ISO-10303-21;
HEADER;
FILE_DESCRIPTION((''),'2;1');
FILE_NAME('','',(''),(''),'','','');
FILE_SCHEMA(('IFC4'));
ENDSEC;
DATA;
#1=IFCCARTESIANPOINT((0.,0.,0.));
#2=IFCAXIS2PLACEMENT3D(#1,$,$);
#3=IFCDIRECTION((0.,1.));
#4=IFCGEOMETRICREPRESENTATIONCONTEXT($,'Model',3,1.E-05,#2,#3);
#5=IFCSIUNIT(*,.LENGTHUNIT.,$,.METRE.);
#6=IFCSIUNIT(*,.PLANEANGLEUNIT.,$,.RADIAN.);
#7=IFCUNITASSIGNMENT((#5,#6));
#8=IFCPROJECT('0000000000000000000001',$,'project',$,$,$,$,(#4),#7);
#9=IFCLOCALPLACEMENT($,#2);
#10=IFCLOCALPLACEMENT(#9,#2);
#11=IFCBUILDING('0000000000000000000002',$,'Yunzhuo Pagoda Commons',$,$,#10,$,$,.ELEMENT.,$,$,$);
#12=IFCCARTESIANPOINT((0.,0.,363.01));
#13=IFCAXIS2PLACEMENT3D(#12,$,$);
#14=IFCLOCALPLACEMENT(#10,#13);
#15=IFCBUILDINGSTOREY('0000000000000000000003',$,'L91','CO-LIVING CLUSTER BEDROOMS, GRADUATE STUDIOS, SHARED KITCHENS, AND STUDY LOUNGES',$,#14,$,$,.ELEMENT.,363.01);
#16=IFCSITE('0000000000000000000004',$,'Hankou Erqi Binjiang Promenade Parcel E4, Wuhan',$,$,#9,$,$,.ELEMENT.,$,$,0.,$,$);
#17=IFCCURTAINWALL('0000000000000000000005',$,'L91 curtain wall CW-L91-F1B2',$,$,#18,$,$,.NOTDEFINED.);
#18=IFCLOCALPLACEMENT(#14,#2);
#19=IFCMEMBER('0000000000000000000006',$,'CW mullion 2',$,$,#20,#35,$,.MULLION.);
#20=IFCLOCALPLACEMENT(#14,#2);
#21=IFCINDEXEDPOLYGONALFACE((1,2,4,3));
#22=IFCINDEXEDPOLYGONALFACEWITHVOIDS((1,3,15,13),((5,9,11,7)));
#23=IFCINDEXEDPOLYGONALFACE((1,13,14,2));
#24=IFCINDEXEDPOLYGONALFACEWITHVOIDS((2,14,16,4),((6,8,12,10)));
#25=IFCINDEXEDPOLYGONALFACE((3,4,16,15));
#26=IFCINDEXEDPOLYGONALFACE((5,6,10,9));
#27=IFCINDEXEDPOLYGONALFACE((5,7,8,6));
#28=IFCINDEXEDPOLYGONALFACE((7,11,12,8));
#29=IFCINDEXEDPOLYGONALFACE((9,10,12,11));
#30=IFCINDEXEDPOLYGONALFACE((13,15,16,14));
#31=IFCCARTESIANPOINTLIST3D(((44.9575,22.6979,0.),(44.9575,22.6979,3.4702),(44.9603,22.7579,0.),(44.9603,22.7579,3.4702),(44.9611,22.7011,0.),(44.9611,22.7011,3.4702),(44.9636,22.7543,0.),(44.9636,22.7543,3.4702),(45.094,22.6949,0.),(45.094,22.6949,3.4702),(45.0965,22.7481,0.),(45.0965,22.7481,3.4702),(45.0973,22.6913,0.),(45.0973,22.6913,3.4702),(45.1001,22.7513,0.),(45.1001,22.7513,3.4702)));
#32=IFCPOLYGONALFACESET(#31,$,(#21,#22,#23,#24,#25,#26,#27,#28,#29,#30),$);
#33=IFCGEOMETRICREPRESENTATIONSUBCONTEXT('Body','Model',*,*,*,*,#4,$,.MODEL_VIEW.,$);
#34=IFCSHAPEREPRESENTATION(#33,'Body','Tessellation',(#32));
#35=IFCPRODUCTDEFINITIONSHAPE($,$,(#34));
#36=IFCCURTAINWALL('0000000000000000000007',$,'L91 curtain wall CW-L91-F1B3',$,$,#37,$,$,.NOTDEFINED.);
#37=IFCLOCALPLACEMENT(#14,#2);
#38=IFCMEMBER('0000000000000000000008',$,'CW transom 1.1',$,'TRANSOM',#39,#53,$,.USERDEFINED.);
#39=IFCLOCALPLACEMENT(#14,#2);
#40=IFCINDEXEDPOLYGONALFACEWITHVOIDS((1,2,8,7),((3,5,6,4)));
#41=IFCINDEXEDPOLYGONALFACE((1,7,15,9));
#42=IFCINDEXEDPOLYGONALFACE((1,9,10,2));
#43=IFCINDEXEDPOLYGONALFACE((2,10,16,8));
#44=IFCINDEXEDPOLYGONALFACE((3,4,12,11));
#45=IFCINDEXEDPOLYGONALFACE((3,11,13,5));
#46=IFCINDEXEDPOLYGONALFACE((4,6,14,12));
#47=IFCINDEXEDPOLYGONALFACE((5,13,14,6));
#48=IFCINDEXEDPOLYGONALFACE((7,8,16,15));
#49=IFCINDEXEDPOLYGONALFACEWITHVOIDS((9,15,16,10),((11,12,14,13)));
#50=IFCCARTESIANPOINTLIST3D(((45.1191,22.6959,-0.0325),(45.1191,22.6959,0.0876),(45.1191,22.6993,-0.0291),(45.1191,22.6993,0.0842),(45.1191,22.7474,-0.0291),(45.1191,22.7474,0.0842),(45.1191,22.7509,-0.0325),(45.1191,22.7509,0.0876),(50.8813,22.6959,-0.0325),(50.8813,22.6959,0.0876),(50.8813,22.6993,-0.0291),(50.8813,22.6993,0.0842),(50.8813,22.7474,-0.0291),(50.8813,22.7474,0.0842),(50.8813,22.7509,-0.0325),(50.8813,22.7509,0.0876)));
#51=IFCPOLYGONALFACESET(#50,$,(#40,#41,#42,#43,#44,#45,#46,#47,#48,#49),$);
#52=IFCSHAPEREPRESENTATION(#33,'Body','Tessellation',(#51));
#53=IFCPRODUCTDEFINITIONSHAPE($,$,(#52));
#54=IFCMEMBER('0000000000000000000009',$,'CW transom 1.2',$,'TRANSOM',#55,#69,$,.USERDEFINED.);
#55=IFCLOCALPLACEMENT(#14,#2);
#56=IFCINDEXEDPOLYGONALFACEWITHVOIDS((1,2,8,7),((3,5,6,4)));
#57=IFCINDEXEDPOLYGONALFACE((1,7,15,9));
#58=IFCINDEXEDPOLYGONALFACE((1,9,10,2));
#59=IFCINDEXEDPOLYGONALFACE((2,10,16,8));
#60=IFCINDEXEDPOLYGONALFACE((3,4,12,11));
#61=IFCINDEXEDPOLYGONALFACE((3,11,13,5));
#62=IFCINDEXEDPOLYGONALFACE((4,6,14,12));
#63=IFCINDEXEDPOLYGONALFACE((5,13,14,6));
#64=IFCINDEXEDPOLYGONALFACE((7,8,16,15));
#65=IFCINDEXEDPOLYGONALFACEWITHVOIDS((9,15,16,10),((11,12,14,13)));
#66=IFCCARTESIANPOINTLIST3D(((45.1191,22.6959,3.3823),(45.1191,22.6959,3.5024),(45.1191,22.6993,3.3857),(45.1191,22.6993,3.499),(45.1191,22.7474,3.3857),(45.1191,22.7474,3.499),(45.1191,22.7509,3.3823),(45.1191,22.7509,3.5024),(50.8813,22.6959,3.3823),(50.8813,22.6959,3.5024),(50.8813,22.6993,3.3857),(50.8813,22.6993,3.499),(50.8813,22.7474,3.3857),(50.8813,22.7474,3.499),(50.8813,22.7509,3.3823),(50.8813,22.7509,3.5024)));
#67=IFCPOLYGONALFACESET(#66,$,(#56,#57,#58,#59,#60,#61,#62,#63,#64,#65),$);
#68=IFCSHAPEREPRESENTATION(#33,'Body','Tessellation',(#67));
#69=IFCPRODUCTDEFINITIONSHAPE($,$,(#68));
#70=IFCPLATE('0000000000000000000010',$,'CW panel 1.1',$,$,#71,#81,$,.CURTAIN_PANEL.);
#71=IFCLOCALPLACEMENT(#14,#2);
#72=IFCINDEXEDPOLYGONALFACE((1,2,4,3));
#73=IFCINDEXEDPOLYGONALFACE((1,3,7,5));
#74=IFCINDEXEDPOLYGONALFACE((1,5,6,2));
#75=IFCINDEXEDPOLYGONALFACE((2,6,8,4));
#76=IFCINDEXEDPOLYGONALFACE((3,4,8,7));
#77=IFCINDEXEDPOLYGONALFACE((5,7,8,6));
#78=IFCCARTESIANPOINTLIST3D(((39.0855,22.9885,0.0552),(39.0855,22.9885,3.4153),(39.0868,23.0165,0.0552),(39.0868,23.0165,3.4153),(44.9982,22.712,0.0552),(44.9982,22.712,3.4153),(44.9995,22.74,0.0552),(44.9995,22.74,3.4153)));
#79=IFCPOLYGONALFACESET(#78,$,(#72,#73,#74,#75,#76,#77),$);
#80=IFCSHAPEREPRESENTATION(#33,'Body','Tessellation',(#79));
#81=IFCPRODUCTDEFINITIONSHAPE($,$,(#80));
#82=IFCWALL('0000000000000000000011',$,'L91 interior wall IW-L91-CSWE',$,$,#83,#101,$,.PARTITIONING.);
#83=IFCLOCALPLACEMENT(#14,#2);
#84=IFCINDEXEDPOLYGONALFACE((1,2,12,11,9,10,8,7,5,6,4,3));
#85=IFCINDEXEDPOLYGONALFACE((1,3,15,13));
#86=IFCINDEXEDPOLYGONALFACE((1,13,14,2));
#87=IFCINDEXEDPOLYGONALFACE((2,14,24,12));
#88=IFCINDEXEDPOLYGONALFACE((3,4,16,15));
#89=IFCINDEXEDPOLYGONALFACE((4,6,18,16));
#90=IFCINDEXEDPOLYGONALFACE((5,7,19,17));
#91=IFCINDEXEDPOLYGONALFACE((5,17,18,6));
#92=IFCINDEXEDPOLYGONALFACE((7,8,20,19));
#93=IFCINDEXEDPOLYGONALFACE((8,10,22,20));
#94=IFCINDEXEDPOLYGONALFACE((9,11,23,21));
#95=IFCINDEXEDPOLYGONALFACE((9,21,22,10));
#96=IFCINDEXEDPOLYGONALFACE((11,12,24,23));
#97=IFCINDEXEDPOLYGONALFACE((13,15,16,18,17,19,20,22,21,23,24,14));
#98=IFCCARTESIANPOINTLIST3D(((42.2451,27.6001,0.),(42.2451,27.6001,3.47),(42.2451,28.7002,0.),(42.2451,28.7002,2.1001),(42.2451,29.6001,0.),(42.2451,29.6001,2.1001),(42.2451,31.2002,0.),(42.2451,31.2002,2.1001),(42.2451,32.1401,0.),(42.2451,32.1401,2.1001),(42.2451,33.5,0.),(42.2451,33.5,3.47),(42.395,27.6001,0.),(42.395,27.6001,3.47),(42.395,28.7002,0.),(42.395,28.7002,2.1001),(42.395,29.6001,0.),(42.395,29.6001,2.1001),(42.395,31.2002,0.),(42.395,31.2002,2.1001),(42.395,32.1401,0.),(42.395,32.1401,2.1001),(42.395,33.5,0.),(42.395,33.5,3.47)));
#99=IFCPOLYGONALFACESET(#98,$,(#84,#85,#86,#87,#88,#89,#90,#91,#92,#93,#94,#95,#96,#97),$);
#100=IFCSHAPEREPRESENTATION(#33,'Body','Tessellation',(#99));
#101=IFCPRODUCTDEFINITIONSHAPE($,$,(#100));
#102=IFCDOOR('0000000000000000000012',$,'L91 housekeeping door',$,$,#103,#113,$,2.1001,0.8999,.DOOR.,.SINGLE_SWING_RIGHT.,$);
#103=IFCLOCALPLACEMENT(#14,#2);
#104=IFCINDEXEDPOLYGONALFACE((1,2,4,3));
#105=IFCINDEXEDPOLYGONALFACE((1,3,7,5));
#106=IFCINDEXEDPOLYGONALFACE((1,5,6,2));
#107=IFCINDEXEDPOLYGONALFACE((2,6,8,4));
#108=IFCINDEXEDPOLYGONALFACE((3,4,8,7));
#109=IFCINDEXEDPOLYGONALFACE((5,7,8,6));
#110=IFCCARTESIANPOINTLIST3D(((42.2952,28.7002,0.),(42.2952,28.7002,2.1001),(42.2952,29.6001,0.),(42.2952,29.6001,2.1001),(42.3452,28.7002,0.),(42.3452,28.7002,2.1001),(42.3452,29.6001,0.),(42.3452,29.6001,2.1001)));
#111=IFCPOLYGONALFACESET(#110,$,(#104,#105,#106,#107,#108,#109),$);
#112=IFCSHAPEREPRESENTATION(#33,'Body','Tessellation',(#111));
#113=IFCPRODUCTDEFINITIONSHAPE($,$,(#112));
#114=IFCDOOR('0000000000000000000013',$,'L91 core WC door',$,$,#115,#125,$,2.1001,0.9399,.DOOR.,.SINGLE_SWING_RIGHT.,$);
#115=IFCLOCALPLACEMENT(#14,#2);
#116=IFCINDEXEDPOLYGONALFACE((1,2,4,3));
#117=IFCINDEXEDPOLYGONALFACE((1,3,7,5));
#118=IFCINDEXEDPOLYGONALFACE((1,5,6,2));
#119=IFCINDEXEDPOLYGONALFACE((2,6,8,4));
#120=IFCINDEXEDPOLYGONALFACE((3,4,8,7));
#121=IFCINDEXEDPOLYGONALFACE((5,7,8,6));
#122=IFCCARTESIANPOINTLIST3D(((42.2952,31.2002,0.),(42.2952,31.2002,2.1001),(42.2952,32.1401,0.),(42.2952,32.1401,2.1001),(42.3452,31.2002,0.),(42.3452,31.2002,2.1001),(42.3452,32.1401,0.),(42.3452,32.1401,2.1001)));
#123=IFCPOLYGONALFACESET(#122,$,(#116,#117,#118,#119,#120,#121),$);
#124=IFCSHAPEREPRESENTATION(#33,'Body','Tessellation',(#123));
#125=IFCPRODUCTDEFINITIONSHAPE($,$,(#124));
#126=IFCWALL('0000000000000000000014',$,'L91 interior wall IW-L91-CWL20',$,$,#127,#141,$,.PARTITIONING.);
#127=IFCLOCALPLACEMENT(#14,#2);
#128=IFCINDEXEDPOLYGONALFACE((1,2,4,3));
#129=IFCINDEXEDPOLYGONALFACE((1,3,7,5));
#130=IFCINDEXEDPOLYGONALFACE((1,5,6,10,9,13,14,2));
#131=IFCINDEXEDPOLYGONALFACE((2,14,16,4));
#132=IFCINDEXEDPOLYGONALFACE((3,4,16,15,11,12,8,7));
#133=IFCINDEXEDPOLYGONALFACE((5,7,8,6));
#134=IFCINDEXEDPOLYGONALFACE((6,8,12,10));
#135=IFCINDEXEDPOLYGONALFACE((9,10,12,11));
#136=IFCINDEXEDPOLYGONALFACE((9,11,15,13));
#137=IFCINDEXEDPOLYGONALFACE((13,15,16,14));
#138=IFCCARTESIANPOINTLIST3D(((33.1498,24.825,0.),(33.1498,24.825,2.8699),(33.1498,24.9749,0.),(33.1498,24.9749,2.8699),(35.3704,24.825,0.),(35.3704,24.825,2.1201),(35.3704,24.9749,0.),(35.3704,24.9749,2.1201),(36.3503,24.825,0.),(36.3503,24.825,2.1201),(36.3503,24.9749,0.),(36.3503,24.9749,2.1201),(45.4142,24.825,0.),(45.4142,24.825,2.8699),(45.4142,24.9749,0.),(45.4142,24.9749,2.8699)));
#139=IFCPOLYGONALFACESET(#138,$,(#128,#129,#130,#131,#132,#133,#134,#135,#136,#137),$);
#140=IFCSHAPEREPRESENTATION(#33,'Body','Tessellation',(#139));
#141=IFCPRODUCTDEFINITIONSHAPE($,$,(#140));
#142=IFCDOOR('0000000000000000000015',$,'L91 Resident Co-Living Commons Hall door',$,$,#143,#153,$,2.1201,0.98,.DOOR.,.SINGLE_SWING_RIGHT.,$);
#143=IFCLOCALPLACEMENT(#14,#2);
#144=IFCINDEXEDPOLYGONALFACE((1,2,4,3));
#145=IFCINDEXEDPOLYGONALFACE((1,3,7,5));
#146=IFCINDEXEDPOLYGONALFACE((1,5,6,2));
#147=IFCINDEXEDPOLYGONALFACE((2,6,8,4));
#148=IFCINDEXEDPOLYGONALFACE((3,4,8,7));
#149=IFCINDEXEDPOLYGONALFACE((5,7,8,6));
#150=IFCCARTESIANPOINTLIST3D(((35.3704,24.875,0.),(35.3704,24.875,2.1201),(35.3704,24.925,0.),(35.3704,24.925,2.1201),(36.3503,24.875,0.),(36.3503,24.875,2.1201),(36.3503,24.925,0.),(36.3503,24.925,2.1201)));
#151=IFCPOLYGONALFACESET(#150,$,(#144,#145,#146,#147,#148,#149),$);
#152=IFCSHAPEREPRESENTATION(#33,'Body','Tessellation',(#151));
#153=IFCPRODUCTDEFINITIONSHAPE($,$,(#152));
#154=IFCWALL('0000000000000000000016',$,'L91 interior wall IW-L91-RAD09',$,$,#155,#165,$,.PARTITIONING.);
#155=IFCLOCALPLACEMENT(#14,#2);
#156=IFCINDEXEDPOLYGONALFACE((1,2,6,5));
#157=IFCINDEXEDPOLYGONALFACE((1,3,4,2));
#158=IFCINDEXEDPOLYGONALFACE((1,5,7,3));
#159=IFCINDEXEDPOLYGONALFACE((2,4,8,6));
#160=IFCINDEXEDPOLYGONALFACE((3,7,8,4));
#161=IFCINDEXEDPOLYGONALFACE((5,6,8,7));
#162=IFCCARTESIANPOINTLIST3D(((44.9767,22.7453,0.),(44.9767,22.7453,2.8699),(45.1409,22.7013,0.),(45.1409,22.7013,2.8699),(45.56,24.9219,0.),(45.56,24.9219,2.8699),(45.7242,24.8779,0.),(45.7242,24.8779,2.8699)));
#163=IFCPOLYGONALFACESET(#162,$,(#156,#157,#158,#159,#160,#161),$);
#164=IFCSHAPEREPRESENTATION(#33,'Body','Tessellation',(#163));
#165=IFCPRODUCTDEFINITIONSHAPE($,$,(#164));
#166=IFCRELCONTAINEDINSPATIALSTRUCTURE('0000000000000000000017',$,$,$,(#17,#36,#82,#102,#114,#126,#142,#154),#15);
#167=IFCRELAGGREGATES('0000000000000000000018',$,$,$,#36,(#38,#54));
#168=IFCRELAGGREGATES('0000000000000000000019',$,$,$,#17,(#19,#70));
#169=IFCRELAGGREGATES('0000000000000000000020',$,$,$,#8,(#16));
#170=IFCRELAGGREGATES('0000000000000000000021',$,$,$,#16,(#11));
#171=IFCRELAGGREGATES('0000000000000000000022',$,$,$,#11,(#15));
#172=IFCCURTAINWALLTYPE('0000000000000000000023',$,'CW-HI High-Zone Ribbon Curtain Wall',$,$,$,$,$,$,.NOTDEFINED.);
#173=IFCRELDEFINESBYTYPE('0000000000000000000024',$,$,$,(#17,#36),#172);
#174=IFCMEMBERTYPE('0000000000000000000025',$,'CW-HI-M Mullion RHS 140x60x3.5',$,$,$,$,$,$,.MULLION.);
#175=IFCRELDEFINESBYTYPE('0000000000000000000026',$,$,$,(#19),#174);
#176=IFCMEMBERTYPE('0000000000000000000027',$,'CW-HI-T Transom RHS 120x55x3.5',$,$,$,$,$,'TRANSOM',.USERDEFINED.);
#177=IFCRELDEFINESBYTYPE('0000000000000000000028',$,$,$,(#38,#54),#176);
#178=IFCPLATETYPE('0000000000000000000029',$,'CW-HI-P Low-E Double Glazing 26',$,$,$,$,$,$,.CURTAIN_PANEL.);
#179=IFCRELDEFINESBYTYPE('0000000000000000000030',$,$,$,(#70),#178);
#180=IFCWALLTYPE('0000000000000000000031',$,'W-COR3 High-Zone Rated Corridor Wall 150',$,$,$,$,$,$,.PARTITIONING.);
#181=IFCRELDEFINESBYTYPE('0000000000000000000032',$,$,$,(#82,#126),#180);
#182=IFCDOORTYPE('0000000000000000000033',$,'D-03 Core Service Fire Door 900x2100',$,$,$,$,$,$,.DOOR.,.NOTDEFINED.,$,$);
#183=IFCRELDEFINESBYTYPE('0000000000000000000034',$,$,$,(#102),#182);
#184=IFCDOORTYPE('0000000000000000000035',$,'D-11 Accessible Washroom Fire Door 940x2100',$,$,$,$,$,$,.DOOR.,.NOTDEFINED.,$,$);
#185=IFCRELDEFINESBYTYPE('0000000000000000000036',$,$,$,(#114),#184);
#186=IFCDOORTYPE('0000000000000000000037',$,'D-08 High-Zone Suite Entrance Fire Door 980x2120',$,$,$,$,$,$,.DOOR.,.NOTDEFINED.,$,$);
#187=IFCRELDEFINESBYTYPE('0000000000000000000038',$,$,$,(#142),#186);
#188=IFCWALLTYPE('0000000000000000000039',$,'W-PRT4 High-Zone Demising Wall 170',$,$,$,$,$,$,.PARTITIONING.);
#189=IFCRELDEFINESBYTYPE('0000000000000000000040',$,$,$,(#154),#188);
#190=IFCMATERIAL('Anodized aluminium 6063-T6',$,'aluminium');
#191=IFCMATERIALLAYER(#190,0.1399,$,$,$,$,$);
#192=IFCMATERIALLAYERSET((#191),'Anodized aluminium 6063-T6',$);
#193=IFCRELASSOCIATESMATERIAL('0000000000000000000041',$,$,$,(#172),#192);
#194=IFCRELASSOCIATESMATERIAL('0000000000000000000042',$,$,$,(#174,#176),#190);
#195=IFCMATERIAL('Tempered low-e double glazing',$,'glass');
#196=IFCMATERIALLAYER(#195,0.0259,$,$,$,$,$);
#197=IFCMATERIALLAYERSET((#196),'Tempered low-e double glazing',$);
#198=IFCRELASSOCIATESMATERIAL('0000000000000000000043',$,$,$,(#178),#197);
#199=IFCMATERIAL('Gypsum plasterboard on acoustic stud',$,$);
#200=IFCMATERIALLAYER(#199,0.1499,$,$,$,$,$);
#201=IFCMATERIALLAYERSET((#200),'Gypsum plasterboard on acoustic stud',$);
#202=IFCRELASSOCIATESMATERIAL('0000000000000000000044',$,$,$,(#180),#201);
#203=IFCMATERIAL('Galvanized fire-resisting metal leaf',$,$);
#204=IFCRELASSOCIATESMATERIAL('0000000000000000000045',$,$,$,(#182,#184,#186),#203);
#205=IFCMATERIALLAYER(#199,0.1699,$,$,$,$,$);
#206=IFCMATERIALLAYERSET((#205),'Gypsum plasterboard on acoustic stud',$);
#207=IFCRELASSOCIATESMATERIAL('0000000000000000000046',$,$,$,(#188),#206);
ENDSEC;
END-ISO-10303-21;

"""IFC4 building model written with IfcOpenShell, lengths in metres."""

from ifc_helpers import new_model, si_unit, direction, frame, frame_2d, origin, origin_with_axes, origin_2d, place, context, subcontext, project, spatial, rectangle, hollow_rectangle, extrude, source, transform, mapped, material, layer, layer_set, material_profile, profile_set, type_object, element, fill, aggregate, save


model = new_model("IFC4")

# Units and contexts
model_context = context("Model", 3, precision=1e-05, world=origin(), true_north=direction((0.0, 1.0)))
body_context = subcontext(model_context, "Body", "Model", "MODEL_VIEW")
ifc_project = project(units=[si_unit("LENGTHUNIT", "METRE"), si_unit("PLANEANGLEUNIT", "RADIAN")], contexts=[model_context])

# Site, building, storey
site_placement = place(None, origin())
site = spatial("IfcSite", under=ifc_project, at=site_placement, Name="Hankou Erqi Binjiang Promenade Parcel E4, Wuhan", CompositionType="ELEMENT", RefElevation=0.0)
building_placement = place(site_placement, origin())
building = spatial("IfcBuilding", under=site, at=building_placement, Name="Yunzhuo Pagoda Commons", CompositionType="ELEMENT")
storey_placement = place(building_placement, frame((0.0, 0.0, 363.01)))
storey = spatial("IfcBuildingStorey", under=building, at=storey_placement, Name="L91", Description="CO-LIVING CLUSTER BEDROOMS, GRADUATE STUDIOS, SHARED KITCHENS, AND STUDY LOUNGES", CompositionType="ELEMENT", Elevation=363.01)

# Curtain wall, member
ifc_material_1 = material(Name="Anodized aluminium 6063-T6", Category="aluminium")
ifc_layer_1 = layer(ifc_material_1, 0.1399)
ifc_layer_set_1 = layer_set([ifc_layer_1], Name="Anodized aluminium 6063-T6")
curtain_wall_type = type_object("IfcCurtainWallType", Name="CW-HI High-Zone Ribbon Curtain Wall", PredefinedType="NOTDEFINED", material=ifc_layer_set_1)
curtain_wall_1_placement = place(storey_placement, origin())
curtain_wall_1 = element("IfcCurtainWall", 1, at=curtain_wall_1_placement, inside=storey, type_object=curtain_wall_type, Name="L91 curtain wall CW-L91-F1B2", PredefinedType="NOTDEFINED")
ifc_material_profile_1 = material_profile(ifc_material_1, hollow_rectangle(XDim=0.0601, YDim=0.1399, WallThickness=0.0034, at=origin_2d()), Name="Anodized aluminium 6063-T6")
ifc_profile_set_1 = profile_set([ifc_material_profile_1], Name="Anodized aluminium 6063-T6")
member_type_1 = type_object("IfcMemberType", Name="CW-HI-M Mullion RHS 140x60x3.5", PredefinedType="MULLION", material=ifc_profile_set_1)
shared_shape_1 = source(origin(), body_context, "Body", "SweptSolid", [
    extrude(hollow_rectangle(XDim=0.0601, YDim=0.1399, WallThickness=0.0034, at=origin_2d()), origin(), (0.0, 0.0, 1.0), 3.4702),
])
member_1_placement = place(storey_placement, frame((45.0288, 22.7246, 0.0), z_axis=(0.0, 0.0, 1.0), x_axis=(0.046712, 0.998908, 0.0)))
member_1 = element("IfcMember", 2, at=member_1_placement, type_object=member_type_1, Name="CW mullion 2", PredefinedType="MULLION", context=body_context, shape_type="MappedRepresentation", body=[
    mapped(shared_shape_1, transform((0.0, 0.0, 0.0), scale=1.0)),
])

# Curtain wall, members
curtain_wall_2_placement = place(storey_placement, origin())
curtain_wall_2 = element("IfcCurtainWall", 3, at=curtain_wall_2_placement, inside=storey, type_object=curtain_wall_type, Name="L91 curtain wall CW-L91-F1B3", PredefinedType="NOTDEFINED")
ifc_material_profile_2 = material_profile(ifc_material_1, hollow_rectangle(XDim=0.0549, YDim=0.1201, WallThickness=0.0034, at=origin_2d()), Name="Anodized aluminium 6063-T6")
ifc_profile_set_2 = profile_set([ifc_material_profile_2], Name="Anodized aluminium 6063-T6")
member_type_2 = type_object("IfcMemberType", Name="CW-HI-T Transom RHS 120x55x3.5", ElementType="TRANSOM", PredefinedType="USERDEFINED", material=ifc_profile_set_2)
shared_shape_2 = source(origin(), body_context, "Body", "SweptSolid", [
    extrude(hollow_rectangle(XDim=0.0549, YDim=0.1201, WallThickness=0.0034, at=origin_2d()), origin(), (0.0, 0.0, 1.0), 5.7622),
])
member_2_placement = place(storey_placement, frame((45.1191, 22.7234, 0.0276), z_axis=(1.0, 0.0, 0.0), x_axis=(0.0, 1.0, 0.0)))
member_2 = element("IfcMember", 4, at=member_2_placement, type_object=member_type_2, Name="CW transom 1.1", ObjectType="TRANSOM", PredefinedType="USERDEFINED", context=body_context, shape_type="MappedRepresentation", body=[
    mapped(shared_shape_2, transform((0.0, 0.0, 0.0), scale=1.0)),
])
member_3_placement = place(storey_placement, frame((45.1191, 22.7234, 3.4424), z_axis=(1.0, 0.0, 0.0), x_axis=(0.0, 1.0, 0.0)))
member_3 = element("IfcMember", 5, at=member_3_placement, type_object=member_type_2, Name="CW transom 1.2", ObjectType="TRANSOM", PredefinedType="USERDEFINED", context=body_context, shape_type="MappedRepresentation", body=[
    mapped(shared_shape_2, transform((0.0, 0.0, 0.0), scale=1.0)),
])
aggregate(curtain_wall_2, [member_2, member_3])

# Plate
ifc_material_2 = material(Name="Tempered low-e double glazing", Category="glass")
ifc_layer_2 = layer(ifc_material_2, 0.0259)
ifc_layer_set_2 = layer_set([ifc_layer_2], Name="Tempered low-e double glazing")
plate_type = type_object("IfcPlateType", Name="CW-HI-P Low-E Double Glazing 26", PredefinedType="CURTAIN_PANEL", material=ifc_layer_set_2)
shared_shape_3 = source(origin(), body_context, "Body", "SweptSolid", [
    extrude(rectangle(XDim=5.9192, YDim=0.0281, at=origin_2d()), origin(), (0.0, 0.0, 1.0), 3.3601),
])
plate_placement = place(storey_placement, frame((42.0425, 22.8643, 0.0552), z_axis=(0.0, 0.0, 1.0), x_axis=(0.998908, -0.046712, 0.0)))
plate = element("IfcPlate", 6, at=plate_placement, type_object=plate_type, Name="CW panel 1.1", PredefinedType="CURTAIN_PANEL", context=body_context, shape_type="MappedRepresentation", body=[
    mapped(shared_shape_3, transform((0.0, 0.0, 0.0), scale=1.0)),
])
aggregate(curtain_wall_1, [member_1, plate])

# Wall, openings, doors
ifc_material_3 = material(Name="Gypsum plasterboard on acoustic stud")
ifc_layer_3 = layer(ifc_material_3, 0.1499)
ifc_layer_set_3 = layer_set([ifc_layer_3], Name="Gypsum plasterboard on acoustic stud")
wall_type_1 = type_object("IfcWallType", Name="W-COR3 High-Zone Rated Corridor Wall 150", PredefinedType="PARTITIONING", material=ifc_layer_set_3)
wall_1_placement = place(storey_placement, frame((42.3201, 27.6001, 0.0), z_axis=(0.0, 0.0, 1.0), x_axis=(0.0, 1.0, 0.0)))
wall_1 = element("IfcWall", 7, at=wall_1_placement, inside=storey, type_object=wall_type_1, Name="L91 interior wall IW-L91-CSWE", PredefinedType="PARTITIONING", context=body_context, shape_type="SweptSolid", body=[
    extrude(rectangle(XDim=5.8999, YDim=0.1499, at=frame_2d((2.95, 0.0))), origin(), (0.0, 0.0, 1.0), 3.47),
])
opening_1_placement = place(wall_1_placement, frame((1.1001, 0.0, 0.0)))
opening_1 = element("IfcOpeningElement", 8, at=opening_1_placement, cuts=wall_1, PredefinedType="OPENING", context=body_context, shape_type="SweptSolid", body=[
    extrude(rectangle(XDim=0.8999, YDim=2.1001, at=frame_2d((0.45, 1.05))), frame((0.0, 0.085, 0.0), z_axis=(0.0, -1.0, 0.0), x_axis=(1.0, 0.0, 0.0)), (0.0, 0.0, 1.0), 0.1699),
])
opening_2_placement = place(wall_1_placement, frame((3.6001, 0.0, 0.0)))
opening_2 = element("IfcOpeningElement", 9, at=opening_2_placement, cuts=wall_1, PredefinedType="OPENING", context=body_context, shape_type="SweptSolid", body=[
    extrude(rectangle(XDim=0.9399, YDim=2.1001, at=frame_2d((0.47, 1.05))), frame((0.0, 0.085, 0.0), z_axis=(0.0, -1.0, 0.0), x_axis=(1.0, 0.0, 0.0)), (0.0, 0.0, 1.0), 0.1699),
])
ifc_material_4 = material(Name="Galvanized fire-resisting metal leaf")
door_type_1 = type_object("IfcDoorType", Name="D-03 Core Service Fire Door 900x2100", OperationType="NOTDEFINED", PredefinedType="DOOR", material=ifc_material_4)
shared_shape_4 = source(origin(), body_context, "Body", "SweptSolid", [
    extrude(rectangle(XDim=0.8999, YDim=2.1001, at=frame_2d((0.45, 1.05))), frame((0.0, 0.0249, 0.0), z_axis=(0.0, -1.0, 0.0), x_axis=(1.0, 0.0, 0.0)), (0.0, 0.0, 1.0), 0.05),
])
door_1_placement = place(opening_1_placement, origin_with_axes())
door_1 = element("IfcDoor", 10, at=door_1_placement, inside=storey, type_object=door_type_1, Name="L91 housekeeping door", OperationType="SINGLE_SWING_RIGHT", OverallHeight=2.1001, OverallWidth=0.8999, PredefinedType="DOOR", context=body_context, shape_type="MappedRepresentation", body=[
    mapped(shared_shape_4, transform((0.0, 0.0, 0.0), scale=1.0)),
])
fill(opening_1, door_1)
door_type_2 = type_object("IfcDoorType", Name="D-11 Accessible Washroom Fire Door 940x2100", OperationType="NOTDEFINED", PredefinedType="DOOR", material=ifc_material_4)
shared_shape_5 = source(origin(), body_context, "Body", "SweptSolid", [
    extrude(rectangle(XDim=0.9399, YDim=2.1001, at=frame_2d((0.47, 1.05))), frame((0.0, 0.0249, 0.0), z_axis=(0.0, -1.0, 0.0), x_axis=(1.0, 0.0, 0.0)), (0.0, 0.0, 1.0), 0.05),
])
door_2_placement = place(opening_2_placement, origin_with_axes())
door_2 = element("IfcDoor", 11, at=door_2_placement, inside=storey, type_object=door_type_2, Name="L91 core WC door", OperationType="SINGLE_SWING_RIGHT", OverallHeight=2.1001, OverallWidth=0.9399, PredefinedType="DOOR", context=body_context, shape_type="MappedRepresentation", body=[
    mapped(shared_shape_5, transform((0.0, 0.0, 0.0), scale=1.0)),
])
fill(opening_2, door_2)

# Wall, opening, door
wall_2_placement = place(storey_placement, frame((45.4143, 24.8999, 0.0), z_axis=(0.0, 0.0, 1.0), x_axis=(-1.0, 0.0, 0.0)))
wall_2 = element("IfcWall", 12, at=wall_2_placement, inside=storey, type_object=wall_type_1, Name="L91 interior wall IW-L91-CWL20", PredefinedType="PARTITIONING", context=body_context, shape_type="SweptSolid", body=[
    extrude(rectangle(XDim=12.2644, YDim=0.1499, at=frame_2d((6.1323, 0.0))), origin(), (0.0, 0.0, 1.0), 2.8699),
])
opening_3_placement = place(wall_2_placement, frame((9.064, 0.0, 0.0)))
opening_3 = element("IfcOpeningElement", 13, at=opening_3_placement, cuts=wall_2, PredefinedType="OPENING", context=body_context, shape_type="SweptSolid", body=[
    extrude(rectangle(XDim=0.98, YDim=2.1201, at=frame_2d((0.49, 1.0601))), frame((0.0, 0.085, 0.0), z_axis=(0.0, -1.0, 0.0), x_axis=(1.0, 0.0, 0.0)), (0.0, 0.0, 1.0), 0.1699),
])
door_type_3 = type_object("IfcDoorType", Name="D-08 High-Zone Suite Entrance Fire Door 980x2120", OperationType="NOTDEFINED", PredefinedType="DOOR", material=ifc_material_4)
shared_shape_6 = source(origin(), body_context, "Body", "SweptSolid", [
    extrude(rectangle(XDim=0.98, YDim=2.1201, at=frame_2d((0.49, 1.0601))), frame((0.0, 0.0249, 0.0), z_axis=(0.0, -1.0, 0.0), x_axis=(1.0, 0.0, 0.0)), (0.0, 0.0, 1.0), 0.05),
])
door_3_placement = place(opening_3_placement, origin_with_axes())
door_3 = element("IfcDoor", 14, at=door_3_placement, inside=storey, type_object=door_type_3, Name="L91 Resident Co-Living Commons Hall door", OperationType="SINGLE_SWING_RIGHT", OverallHeight=2.1201, OverallWidth=0.98, PredefinedType="DOOR", context=body_context, shape_type="MappedRepresentation", body=[
    mapped(shared_shape_6, transform((0.0, 0.0, 0.0), scale=1.0)),
])
fill(opening_3, door_3)

# Wall
ifc_layer_4 = layer(ifc_material_3, 0.1699)
ifc_layer_set_4 = layer_set([ifc_layer_4], Name="Gypsum plasterboard on acoustic stud")
wall_type_2 = type_object("IfcWallType", Name="W-PRT4 High-Zone Demising Wall 170", PredefinedType="PARTITIONING", material=ifc_layer_set_4)
wall_3_placement = place(storey_placement, frame((45.6421, 24.8999, 0.0), z_axis=(0.0, 0.0, 1.0), x_axis=(-0.258843, -0.96592, 0.0)))
element("IfcWall", 15, at=wall_3_placement, inside=storey, type_object=wall_type_2, Name="L91 interior wall IW-L91-RAD09", PredefinedType="PARTITIONING", context=body_context, shape_type="SweptSolid", body=[
    extrude(rectangle(XDim=2.2534, YDim=0.1699, at=frame_2d((1.1267, 0.0))), origin(), (0.0, 0.0, 1.0), 2.8699),
])

save(model, "model.ifc")
